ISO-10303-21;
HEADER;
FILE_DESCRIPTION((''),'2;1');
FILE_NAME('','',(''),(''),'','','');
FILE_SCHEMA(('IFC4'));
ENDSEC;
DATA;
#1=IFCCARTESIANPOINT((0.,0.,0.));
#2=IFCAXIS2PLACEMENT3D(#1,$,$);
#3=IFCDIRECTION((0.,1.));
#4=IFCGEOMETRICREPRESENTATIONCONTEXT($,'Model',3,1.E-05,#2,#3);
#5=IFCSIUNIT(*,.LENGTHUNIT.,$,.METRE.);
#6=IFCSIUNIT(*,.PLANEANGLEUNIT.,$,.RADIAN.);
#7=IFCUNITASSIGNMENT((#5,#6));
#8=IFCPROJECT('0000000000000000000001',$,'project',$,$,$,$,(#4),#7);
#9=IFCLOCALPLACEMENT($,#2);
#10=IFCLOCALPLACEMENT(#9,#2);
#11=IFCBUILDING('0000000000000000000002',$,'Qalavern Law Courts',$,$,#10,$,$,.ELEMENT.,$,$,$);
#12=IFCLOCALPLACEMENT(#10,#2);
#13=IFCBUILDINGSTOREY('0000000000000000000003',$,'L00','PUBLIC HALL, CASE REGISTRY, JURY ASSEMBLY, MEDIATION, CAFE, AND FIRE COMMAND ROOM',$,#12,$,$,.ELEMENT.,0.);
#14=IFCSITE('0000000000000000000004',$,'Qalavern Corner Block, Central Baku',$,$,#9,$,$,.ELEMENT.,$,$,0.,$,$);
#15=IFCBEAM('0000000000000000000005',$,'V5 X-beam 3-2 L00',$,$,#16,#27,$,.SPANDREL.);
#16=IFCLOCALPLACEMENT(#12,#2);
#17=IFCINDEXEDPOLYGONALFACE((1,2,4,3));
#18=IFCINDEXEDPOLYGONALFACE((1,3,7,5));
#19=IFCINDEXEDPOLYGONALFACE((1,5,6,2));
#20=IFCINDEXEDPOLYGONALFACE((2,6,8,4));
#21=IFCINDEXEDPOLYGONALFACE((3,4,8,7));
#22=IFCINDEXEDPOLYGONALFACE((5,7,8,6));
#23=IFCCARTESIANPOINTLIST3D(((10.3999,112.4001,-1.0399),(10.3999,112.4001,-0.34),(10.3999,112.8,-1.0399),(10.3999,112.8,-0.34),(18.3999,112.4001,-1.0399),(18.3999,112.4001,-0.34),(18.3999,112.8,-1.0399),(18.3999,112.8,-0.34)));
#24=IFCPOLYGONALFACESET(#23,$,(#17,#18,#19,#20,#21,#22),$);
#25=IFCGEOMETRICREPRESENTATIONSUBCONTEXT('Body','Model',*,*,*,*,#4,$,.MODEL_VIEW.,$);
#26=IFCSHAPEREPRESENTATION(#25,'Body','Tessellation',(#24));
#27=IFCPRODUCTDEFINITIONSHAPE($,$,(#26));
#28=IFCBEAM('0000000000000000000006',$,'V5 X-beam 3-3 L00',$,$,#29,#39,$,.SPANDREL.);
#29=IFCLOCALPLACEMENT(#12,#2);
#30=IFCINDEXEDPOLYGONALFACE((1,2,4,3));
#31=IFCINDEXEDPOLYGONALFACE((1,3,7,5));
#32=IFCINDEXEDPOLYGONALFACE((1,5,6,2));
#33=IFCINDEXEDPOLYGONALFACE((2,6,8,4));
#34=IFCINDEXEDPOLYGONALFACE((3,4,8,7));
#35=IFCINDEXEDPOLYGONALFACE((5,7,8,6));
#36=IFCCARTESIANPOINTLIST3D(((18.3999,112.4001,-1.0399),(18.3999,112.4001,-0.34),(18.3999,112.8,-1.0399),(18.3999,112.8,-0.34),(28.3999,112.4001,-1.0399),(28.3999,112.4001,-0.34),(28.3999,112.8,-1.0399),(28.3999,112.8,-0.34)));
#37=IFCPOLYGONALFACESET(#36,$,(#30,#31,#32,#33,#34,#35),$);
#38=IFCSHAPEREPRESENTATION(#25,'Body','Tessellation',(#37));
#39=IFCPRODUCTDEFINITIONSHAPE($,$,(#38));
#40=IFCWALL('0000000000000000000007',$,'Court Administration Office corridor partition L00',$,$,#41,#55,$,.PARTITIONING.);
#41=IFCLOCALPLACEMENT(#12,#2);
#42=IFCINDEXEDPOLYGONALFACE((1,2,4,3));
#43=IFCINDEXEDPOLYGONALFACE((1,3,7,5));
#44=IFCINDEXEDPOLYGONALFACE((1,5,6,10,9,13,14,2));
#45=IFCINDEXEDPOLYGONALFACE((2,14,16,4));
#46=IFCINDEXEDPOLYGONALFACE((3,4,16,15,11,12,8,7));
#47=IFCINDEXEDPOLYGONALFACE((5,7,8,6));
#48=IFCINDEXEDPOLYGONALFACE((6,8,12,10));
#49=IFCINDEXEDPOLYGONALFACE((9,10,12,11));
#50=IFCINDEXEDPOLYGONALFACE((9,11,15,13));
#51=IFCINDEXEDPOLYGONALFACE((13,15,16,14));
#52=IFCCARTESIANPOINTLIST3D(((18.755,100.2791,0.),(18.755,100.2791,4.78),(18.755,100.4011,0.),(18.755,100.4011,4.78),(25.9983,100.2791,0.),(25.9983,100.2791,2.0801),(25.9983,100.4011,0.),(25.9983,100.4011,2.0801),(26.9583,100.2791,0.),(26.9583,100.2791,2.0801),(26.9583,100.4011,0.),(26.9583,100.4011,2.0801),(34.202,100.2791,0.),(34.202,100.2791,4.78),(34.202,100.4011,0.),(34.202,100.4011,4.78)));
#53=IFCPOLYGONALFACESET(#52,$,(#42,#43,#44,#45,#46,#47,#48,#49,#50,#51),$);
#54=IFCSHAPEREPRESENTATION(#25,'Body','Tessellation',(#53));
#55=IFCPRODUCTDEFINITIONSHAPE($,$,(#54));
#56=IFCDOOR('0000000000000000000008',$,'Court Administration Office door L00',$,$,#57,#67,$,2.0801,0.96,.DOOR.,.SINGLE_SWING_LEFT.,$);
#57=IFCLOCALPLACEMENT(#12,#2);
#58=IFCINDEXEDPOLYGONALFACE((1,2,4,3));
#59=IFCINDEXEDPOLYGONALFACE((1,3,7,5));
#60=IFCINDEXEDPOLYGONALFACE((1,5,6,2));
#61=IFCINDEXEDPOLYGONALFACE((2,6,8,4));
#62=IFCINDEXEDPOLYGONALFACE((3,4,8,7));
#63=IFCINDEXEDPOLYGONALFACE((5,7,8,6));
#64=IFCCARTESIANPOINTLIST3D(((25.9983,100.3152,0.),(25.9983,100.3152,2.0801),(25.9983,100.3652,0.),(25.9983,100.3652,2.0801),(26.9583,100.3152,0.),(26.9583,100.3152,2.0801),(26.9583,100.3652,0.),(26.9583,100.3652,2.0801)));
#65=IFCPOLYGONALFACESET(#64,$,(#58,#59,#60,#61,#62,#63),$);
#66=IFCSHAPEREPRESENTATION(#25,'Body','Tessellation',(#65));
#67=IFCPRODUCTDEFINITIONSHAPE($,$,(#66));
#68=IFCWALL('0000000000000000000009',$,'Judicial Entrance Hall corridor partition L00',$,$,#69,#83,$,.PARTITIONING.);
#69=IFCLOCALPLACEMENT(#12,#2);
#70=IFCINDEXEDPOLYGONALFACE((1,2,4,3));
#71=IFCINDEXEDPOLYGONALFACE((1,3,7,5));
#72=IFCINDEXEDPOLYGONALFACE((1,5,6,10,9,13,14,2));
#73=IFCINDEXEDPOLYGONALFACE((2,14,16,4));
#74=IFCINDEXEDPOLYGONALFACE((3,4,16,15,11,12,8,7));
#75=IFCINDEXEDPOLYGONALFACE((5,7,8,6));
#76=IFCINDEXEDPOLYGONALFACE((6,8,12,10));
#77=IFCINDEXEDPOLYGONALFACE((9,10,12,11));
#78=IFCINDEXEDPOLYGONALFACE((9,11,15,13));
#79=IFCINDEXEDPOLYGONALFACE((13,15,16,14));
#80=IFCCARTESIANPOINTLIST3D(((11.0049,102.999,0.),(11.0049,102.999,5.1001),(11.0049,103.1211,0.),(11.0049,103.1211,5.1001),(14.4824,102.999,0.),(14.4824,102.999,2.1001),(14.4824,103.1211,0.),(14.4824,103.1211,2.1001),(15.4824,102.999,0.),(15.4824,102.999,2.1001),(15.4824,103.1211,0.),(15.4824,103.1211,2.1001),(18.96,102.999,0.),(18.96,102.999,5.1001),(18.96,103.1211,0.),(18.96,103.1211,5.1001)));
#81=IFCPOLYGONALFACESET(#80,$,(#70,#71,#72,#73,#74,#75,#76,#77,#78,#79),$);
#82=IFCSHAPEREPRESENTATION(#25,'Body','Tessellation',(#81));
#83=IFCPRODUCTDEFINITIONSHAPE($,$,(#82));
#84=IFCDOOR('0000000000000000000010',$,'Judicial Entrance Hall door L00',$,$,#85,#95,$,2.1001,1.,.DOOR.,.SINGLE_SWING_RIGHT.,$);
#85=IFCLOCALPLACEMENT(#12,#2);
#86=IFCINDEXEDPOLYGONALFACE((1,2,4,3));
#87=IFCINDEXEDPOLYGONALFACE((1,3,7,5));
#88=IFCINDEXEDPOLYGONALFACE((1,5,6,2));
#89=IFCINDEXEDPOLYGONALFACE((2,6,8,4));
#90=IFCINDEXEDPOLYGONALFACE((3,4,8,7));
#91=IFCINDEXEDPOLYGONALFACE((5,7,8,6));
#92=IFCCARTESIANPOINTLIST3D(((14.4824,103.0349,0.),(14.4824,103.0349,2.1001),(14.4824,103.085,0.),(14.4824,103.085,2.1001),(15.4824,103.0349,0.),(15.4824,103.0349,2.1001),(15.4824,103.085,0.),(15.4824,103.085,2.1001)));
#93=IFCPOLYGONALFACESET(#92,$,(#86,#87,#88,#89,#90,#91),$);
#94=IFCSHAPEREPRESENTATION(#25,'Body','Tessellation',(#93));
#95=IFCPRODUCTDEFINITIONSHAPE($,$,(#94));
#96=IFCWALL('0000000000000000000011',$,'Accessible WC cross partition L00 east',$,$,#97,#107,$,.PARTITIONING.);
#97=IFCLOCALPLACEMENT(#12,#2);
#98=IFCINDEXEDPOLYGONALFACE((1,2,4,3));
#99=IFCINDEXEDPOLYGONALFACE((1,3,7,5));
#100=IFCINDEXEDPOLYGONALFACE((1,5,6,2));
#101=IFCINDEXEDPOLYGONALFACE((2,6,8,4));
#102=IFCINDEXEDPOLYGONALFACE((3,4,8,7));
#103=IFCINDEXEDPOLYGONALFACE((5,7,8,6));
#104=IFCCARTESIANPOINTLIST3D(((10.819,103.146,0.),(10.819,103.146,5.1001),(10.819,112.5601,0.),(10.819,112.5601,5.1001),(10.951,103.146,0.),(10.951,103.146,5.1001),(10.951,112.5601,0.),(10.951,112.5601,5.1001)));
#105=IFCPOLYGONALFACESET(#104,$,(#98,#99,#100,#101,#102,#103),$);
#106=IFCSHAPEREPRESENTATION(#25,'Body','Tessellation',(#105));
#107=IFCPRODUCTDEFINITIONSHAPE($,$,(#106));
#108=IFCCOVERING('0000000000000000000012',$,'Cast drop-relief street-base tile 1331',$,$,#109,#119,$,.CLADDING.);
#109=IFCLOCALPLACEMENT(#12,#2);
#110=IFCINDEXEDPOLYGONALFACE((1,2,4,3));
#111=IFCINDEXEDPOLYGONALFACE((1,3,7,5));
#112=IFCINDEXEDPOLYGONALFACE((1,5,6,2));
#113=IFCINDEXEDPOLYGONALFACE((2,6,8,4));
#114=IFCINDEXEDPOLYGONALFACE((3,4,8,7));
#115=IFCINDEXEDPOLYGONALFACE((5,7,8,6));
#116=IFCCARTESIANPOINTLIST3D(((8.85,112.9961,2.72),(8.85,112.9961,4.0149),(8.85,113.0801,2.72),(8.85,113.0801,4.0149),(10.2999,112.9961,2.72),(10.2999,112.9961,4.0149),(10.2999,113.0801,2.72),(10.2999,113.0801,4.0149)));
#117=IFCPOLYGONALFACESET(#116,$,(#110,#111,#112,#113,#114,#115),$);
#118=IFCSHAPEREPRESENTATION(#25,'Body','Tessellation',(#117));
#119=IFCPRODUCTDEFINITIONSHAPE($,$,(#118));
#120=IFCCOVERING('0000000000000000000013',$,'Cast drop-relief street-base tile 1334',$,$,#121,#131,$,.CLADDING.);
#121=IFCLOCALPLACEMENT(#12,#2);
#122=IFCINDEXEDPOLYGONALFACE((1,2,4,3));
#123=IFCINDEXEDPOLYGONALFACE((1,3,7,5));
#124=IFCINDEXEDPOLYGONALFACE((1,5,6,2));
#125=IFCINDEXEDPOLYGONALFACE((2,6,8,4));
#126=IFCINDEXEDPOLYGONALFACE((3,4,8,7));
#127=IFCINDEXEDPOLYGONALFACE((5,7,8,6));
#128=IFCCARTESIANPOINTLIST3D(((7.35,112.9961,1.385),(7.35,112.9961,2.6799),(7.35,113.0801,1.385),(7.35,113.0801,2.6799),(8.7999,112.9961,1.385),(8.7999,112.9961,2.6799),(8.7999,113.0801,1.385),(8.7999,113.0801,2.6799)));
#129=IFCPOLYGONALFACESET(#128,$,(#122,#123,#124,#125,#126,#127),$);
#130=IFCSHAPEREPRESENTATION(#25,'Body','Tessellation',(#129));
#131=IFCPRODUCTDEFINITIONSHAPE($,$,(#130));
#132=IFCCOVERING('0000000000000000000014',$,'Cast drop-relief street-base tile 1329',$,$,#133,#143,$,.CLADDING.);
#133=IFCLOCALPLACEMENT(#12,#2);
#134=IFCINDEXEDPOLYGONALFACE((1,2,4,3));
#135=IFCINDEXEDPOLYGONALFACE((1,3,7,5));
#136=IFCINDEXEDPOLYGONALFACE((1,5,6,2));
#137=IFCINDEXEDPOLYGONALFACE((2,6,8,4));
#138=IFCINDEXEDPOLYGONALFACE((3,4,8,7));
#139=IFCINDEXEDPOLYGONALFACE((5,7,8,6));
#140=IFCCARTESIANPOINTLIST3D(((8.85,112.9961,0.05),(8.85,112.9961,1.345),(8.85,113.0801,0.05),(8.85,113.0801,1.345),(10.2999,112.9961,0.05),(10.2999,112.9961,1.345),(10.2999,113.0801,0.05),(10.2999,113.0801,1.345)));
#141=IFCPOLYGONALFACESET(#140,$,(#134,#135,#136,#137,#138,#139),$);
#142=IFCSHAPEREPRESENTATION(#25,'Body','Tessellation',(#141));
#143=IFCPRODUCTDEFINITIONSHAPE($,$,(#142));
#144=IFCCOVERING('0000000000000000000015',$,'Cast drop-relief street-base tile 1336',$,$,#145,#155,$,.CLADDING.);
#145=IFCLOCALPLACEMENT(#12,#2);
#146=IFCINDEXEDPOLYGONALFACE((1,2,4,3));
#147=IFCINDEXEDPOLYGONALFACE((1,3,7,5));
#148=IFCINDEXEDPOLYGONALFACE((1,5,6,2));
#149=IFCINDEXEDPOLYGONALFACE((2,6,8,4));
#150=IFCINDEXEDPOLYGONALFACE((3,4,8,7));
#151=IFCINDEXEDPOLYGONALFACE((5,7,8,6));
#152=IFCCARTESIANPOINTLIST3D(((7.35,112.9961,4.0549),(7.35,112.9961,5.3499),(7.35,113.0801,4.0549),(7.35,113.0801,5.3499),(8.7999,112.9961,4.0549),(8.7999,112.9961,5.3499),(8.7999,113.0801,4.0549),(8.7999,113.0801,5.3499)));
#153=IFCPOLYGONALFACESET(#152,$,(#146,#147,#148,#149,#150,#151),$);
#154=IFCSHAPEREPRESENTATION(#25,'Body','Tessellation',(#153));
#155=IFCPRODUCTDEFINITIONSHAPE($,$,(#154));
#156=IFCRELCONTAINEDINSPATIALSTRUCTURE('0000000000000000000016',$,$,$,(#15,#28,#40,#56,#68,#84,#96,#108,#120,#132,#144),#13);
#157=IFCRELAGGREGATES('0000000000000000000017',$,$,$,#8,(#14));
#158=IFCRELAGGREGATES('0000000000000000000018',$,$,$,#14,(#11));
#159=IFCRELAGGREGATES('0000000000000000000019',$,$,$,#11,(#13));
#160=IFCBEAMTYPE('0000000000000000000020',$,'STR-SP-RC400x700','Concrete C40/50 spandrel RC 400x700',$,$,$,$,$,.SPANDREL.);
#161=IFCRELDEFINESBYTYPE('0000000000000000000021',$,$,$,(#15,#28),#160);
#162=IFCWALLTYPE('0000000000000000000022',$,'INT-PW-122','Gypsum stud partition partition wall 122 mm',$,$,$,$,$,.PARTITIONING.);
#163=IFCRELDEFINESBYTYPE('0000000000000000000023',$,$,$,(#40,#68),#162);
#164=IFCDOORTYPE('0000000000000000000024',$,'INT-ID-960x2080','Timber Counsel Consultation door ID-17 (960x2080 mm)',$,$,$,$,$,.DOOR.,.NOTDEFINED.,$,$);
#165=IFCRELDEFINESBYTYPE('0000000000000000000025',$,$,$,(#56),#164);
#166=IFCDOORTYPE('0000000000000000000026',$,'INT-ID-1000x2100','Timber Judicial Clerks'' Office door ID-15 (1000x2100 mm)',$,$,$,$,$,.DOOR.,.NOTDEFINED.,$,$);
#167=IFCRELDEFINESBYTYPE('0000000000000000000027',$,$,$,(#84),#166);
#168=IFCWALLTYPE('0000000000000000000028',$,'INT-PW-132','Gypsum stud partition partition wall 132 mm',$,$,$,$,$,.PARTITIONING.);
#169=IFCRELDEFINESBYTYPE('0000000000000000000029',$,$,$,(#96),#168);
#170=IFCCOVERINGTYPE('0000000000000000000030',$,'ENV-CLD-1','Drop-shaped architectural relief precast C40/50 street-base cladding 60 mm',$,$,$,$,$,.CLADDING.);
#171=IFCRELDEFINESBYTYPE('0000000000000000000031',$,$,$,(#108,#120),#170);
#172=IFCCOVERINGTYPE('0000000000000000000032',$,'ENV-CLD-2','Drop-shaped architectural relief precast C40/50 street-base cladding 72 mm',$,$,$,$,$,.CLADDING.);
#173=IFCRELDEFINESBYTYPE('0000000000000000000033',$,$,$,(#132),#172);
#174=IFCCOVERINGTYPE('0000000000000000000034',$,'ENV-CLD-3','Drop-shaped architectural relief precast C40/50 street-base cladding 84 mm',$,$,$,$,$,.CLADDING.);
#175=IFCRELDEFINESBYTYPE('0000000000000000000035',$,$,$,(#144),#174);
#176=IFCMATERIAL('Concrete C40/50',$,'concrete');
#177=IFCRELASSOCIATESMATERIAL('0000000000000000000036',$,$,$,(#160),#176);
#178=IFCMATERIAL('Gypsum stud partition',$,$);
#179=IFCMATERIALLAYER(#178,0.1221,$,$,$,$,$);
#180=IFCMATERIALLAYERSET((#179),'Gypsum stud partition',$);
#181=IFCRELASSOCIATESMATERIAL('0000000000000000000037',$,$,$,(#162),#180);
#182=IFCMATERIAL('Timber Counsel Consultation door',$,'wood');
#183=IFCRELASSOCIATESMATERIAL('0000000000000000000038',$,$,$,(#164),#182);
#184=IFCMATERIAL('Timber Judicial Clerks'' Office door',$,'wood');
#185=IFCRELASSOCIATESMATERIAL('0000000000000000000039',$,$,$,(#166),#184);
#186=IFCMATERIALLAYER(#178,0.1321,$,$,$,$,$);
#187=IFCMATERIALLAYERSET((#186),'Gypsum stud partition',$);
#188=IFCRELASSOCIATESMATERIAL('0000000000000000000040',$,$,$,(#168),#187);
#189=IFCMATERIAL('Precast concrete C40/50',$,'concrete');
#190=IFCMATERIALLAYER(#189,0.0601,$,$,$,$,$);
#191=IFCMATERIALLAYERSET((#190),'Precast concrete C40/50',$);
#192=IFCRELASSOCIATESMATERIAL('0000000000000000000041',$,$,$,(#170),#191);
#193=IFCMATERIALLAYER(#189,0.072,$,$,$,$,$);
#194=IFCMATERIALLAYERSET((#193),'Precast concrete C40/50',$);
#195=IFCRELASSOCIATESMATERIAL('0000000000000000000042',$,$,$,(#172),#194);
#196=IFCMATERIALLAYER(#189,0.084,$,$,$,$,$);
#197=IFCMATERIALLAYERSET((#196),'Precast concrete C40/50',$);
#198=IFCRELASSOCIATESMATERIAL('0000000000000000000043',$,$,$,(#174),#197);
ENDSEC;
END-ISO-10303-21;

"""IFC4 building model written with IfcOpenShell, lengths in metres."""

from ifc_helpers import new_model, si_unit, direction, frame, frame_2d, origin, origin_2d, place, context, subcontext, project, spatial, rectangle, extrude, material, layer, layer_set, material_profile, profile_set, type_object, element, fill, save


model = new_model("IFC4")

# Units and contexts
model_context = context("Model", 3, precision=1e-05, world=origin(), true_north=direction((0.0, 1.0)))
body_context = subcontext(model_context, "Body", "Model", "MODEL_VIEW")
ifc_project = project(units=[si_unit("LENGTHUNIT", "METRE"), si_unit("PLANEANGLEUNIT", "RADIAN")], contexts=[model_context])

# Site, building, storey
site_placement = place(None, origin())
site = spatial("IfcSite", under=ifc_project, at=site_placement, Name="Qalavern Corner Block, Central Baku", CompositionType="ELEMENT", RefElevation=0.0)
building_placement = place(site_placement, origin())
building = spatial("IfcBuilding", under=site, at=building_placement, Name="Qalavern Law Courts", CompositionType="ELEMENT")
storey_placement = place(building_placement, origin())
storey = spatial("IfcBuildingStorey", under=building, at=storey_placement, Name="L00", Description="PUBLIC HALL, CASE REGISTRY, JURY ASSEMBLY, MEDIATION, CAFE, AND FIRE COMMAND ROOM", CompositionType="ELEMENT", Elevation=0.0)

# Beams
ifc_material_1 = material(Name="Concrete C40/50", Category="concrete")
ifc_material_profile_1 = material_profile(ifc_material_1, rectangle(XDim=0.3999, YDim=0.7, at=origin_2d()), Name="RC 400x700")
ifc_profile_set_1 = profile_set([ifc_material_profile_1], Name="Concrete C40/50")
beam_type_1 = type_object("IfcBeamType", Name="STR-SP-RC400x700", Description="Concrete C40/50 spandrel RC 400x700", PredefinedType="SPANDREL", material=ifc_profile_set_1)
beam_1_placement = place(storey_placement, frame((10.3999, 112.6001, -0.6899), z_axis=(1.0, 0.0, 0.0), x_axis=(0.0, 1.0, 0.0)))
element("IfcBeam", 1, at=beam_1_placement, inside=storey, type_object=beam_type_1, Name="V5 X-beam 3-2 L00", PredefinedType="SPANDREL", context=body_context, shape_type="SweptSolid", body=[
    extrude(rectangle(XDim=0.3999, YDim=0.7, at=origin_2d()), origin(), (0.0, 0.0, 1.0), 8.0),
])
beam_2_placement = place(storey_placement, frame((18.3999, 112.6001, -0.6899), z_axis=(1.0, 0.0, 0.0), x_axis=(0.0, 1.0, 0.0)))
element("IfcBeam", 2, at=beam_2_placement, inside=storey, type_object=beam_type_1, Name="V5 X-beam 3-3 L00", PredefinedType="SPANDREL", context=body_context, shape_type="SweptSolid", body=[
    extrude(rectangle(XDim=0.3999, YDim=0.7, at=origin_2d()), origin(), (0.0, 0.0, 1.0), 10.0),
])

# Walls, openings, doors
ifc_material_2 = material(Name="Gypsum stud partition")
ifc_layer_1 = layer(ifc_material_2, 0.1221)
ifc_layer_set_1 = layer_set([ifc_layer_1], Name="Gypsum stud partition")
wall_type_1 = type_object("IfcWallType", Name="INT-PW-122", Description="Gypsum stud partition partition wall 122 mm", PredefinedType="PARTITIONING", material=ifc_layer_set_1)
wall_1_placement = place(storey_placement, frame((18.7549, 100.3401, 0.0), z_axis=(0.0, 0.0, 1.0), x_axis=(1.0, 0.0, 0.0)))
wall_1 = element("IfcWall", 3, at=wall_1_placement, inside=storey, type_object=wall_type_1, Name="Court Administration Office corridor partition L00", PredefinedType="PARTITIONING", context=body_context, shape_type="SweptSolid", body=[
    extrude(rectangle(XDim=15.447, YDim=0.1221, at=frame_2d((7.7236, 0.0))), origin(), (0.0, 0.0, 1.0), 4.78),
])
opening_1_placement = place(wall_1_placement, frame((7.2434, 0.0, 0.0)))
opening_1 = element("IfcOpeningElement", 4, at=opening_1_placement, cuts=wall_1, PredefinedType="OPENING", context=body_context, shape_type="SweptSolid", body=[
    extrude(rectangle(XDim=0.96, YDim=2.0801, at=frame_2d((0.48, 1.04))), frame((0.0, 0.0759, 0.0), z_axis=(0.0, -1.0, 0.0), x_axis=(1.0, 0.0, 0.0)), (0.0, 0.0, 1.0), 0.1519),
])
ifc_material_3 = material(Name="Timber Counsel Consultation door", Category="wood")
door_type_1 = type_object("IfcDoorType", Name="INT-ID-960x2080", Description="Timber Counsel Consultation door ID-17 (960x2080 mm)", OperationType="NOTDEFINED", PredefinedType="DOOR", material=ifc_material_3)
door_1_placement = place(opening_1_placement, frame((0.96, 0.0, 0.0), z_axis=(0.0, 0.0, 1.0), x_axis=(-1.0, 0.0, 0.0)))
door_1 = element("IfcDoor", 5, at=door_1_placement, inside=storey, type_object=door_type_1, Name="Court Administration Office door L00", OperationType="SINGLE_SWING_LEFT", OverallHeight=2.0801, OverallWidth=0.96, PredefinedType="DOOR", context=body_context, shape_type="SweptSolid", body=[
    extrude(rectangle(XDim=0.96, YDim=2.0801, at=frame_2d((0.48, 1.04))), frame((0.0, 0.0249, 0.0), z_axis=(0.0, -1.0, 0.0), x_axis=(1.0, 0.0, 0.0)), (0.0, 0.0, 1.0), 0.05),
])
fill(opening_1, door_1)
wall_2_placement = place(storey_placement, frame((11.0049, 103.0601, 0.0), z_axis=(0.0, 0.0, 1.0), x_axis=(1.0, 0.0, 0.0)))
wall_2 = element("IfcWall", 6, at=wall_2_placement, inside=storey, type_object=wall_type_1, Name="Judicial Entrance Hall corridor partition L00", PredefinedType="PARTITIONING", context=body_context, shape_type="SweptSolid", body=[
    extrude(rectangle(XDim=7.9551, YDim=0.1221, at=frame_2d((3.9775, 0.0))), origin(), (0.0, 0.0, 1.0), 5.1001),
])
opening_2_placement = place(wall_2_placement, frame((3.4775, 0.0, 0.0)))
opening_2 = element("IfcOpeningElement", 7, at=opening_2_placement, cuts=wall_2, PredefinedType="OPENING", context=body_context, shape_type="SweptSolid", body=[
    extrude(rectangle(XDim=1.0, YDim=2.1001, at=frame_2d((0.5, 1.05))), frame((0.0, 0.0759, 0.0), z_axis=(0.0, -1.0, 0.0), x_axis=(1.0, 0.0, 0.0)), (0.0, 0.0, 1.0), 0.1519),
])
ifc_material_4 = material(Name="Timber Judicial Clerks' Office door", Category="wood")
door_type_2 = type_object("IfcDoorType", Name="INT-ID-1000x2100", Description="Timber Judicial Clerks' Office door ID-15 (1000x2100 mm)", OperationType="NOTDEFINED", PredefinedType="DOOR", material=ifc_material_4)
door_2_placement = place(opening_2_placement, origin())
door_2 = element("IfcDoor", 8, at=door_2_placement, inside=storey, type_object=door_type_2, Name="Judicial Entrance Hall door L00", OperationType="SINGLE_SWING_RIGHT", OverallHeight=2.1001, OverallWidth=1.0, PredefinedType="DOOR", context=body_context, shape_type="SweptSolid", body=[
    extrude(rectangle(XDim=1.0, YDim=2.1001, at=frame_2d((0.5, 1.05))), frame((0.0, 0.0249, 0.0), z_axis=(0.0, -1.0, 0.0), x_axis=(1.0, 0.0, 0.0)), (0.0, 0.0, 1.0), 0.05),
])
fill(opening_2, door_2)

# Wall
ifc_layer_2 = layer(ifc_material_2, 0.1321)
ifc_layer_set_2 = layer_set([ifc_layer_2], Name="Gypsum stud partition")
wall_type_2 = type_object("IfcWallType", Name="INT-PW-132", Description="Gypsum stud partition partition wall 132 mm", PredefinedType="PARTITIONING", material=ifc_layer_set_2)
wall_3_placement = place(storey_placement, frame((10.885, 103.146, 0.0), z_axis=(0.0, 0.0, 1.0), x_axis=(0.0, 1.0, 0.0)))
element("IfcWall", 9, at=wall_3_placement, inside=storey, type_object=wall_type_2, Name="Accessible WC cross partition L00 east", PredefinedType="PARTITIONING", context=body_context, shape_type="SweptSolid", body=[
    extrude(rectangle(XDim=9.4141, YDim=0.1321, at=frame_2d((4.707, 0.0))), origin(), (0.0, 0.0, 1.0), 5.1001),
])

# Coverings
ifc_material_5 = material(Name="Precast concrete C40/50", Category="concrete")
ifc_layer_3 = layer(ifc_material_5, 0.0601)
ifc_layer_set_3 = layer_set([ifc_layer_3], Name="Precast concrete C40/50")
covering_type_1 = type_object("IfcCoveringType", Name="ENV-CLD-1", Description="Drop-shaped architectural relief precast C40/50 street-base cladding 60 mm", PredefinedType="CLADDING", material=ifc_layer_set_3)
for number, where, z_axis, x_axis, name in (
    (10, (9.575, 113.0381, 2.72), (0.0, 0.0, 1.0), (-1.0, 0.0, 0.0), "Cast drop-relief street-base tile 1331"),
    (11, (8.075, 113.0381, 1.385), (0.0, 0.0, 1.0), (-1.0, 0.0, 0.0), "Cast drop-relief street-base tile 1334"),
):
    element("IfcCovering", number, at=place(storey_placement, frame(where, z_axis=z_axis, x_axis=x_axis)), inside=storey, type_object=covering_type_1, Name=name, PredefinedType="CLADDING", context=body_context, shape_type="SweptSolid", body=[
        extrude(rectangle(XDim=1.45, YDim=0.084, at=origin_2d()), origin(), (0.0, 0.0, 1.0), 1.2949),
    ])
ifc_layer_4 = layer(ifc_material_5, 0.072)
ifc_layer_set_4 = layer_set([ifc_layer_4], Name="Precast concrete C40/50")
covering_type_2 = type_object("IfcCoveringType", Name="ENV-CLD-2", Description="Drop-shaped architectural relief precast C40/50 street-base cladding 72 mm", PredefinedType="CLADDING", material=ifc_layer_set_4)
covering_1_placement = place(storey_placement, frame((9.575, 113.0381, 0.05), z_axis=(0.0, 0.0, 1.0), x_axis=(-1.0, 0.0, 0.0)))
element("IfcCovering", 12, at=covering_1_placement, inside=storey, type_object=covering_type_2, Name="Cast drop-relief street-base tile 1329", PredefinedType="CLADDING", context=body_context, shape_type="SweptSolid", body=[
    extrude(rectangle(XDim=1.45, YDim=0.084, at=origin_2d()), origin(), (0.0, 0.0, 1.0), 1.2949),
])
ifc_layer_5 = layer(ifc_material_5, 0.084)
ifc_layer_set_5 = layer_set([ifc_layer_5], Name="Precast concrete C40/50")
covering_type_3 = type_object("IfcCoveringType", Name="ENV-CLD-3", Description="Drop-shaped architectural relief precast C40/50 street-base cladding 84 mm", PredefinedType="CLADDING", material=ifc_layer_set_5)
covering_2_placement = place(storey_placement, frame((8.075, 113.0381, 4.0549), z_axis=(0.0, 0.0, 1.0), x_axis=(-1.0, 0.0, 0.0)))
element("IfcCovering", 13, at=covering_2_placement, inside=storey, type_object=covering_type_3, Name="Cast drop-relief street-base tile 1336", PredefinedType="CLADDING", context=body_context, shape_type="SweptSolid", body=[
    extrude(rectangle(XDim=1.45, YDim=0.084, at=origin_2d()), origin(), (0.0, 0.0, 1.0), 1.2949),
])

save(model, "model.ifc")
